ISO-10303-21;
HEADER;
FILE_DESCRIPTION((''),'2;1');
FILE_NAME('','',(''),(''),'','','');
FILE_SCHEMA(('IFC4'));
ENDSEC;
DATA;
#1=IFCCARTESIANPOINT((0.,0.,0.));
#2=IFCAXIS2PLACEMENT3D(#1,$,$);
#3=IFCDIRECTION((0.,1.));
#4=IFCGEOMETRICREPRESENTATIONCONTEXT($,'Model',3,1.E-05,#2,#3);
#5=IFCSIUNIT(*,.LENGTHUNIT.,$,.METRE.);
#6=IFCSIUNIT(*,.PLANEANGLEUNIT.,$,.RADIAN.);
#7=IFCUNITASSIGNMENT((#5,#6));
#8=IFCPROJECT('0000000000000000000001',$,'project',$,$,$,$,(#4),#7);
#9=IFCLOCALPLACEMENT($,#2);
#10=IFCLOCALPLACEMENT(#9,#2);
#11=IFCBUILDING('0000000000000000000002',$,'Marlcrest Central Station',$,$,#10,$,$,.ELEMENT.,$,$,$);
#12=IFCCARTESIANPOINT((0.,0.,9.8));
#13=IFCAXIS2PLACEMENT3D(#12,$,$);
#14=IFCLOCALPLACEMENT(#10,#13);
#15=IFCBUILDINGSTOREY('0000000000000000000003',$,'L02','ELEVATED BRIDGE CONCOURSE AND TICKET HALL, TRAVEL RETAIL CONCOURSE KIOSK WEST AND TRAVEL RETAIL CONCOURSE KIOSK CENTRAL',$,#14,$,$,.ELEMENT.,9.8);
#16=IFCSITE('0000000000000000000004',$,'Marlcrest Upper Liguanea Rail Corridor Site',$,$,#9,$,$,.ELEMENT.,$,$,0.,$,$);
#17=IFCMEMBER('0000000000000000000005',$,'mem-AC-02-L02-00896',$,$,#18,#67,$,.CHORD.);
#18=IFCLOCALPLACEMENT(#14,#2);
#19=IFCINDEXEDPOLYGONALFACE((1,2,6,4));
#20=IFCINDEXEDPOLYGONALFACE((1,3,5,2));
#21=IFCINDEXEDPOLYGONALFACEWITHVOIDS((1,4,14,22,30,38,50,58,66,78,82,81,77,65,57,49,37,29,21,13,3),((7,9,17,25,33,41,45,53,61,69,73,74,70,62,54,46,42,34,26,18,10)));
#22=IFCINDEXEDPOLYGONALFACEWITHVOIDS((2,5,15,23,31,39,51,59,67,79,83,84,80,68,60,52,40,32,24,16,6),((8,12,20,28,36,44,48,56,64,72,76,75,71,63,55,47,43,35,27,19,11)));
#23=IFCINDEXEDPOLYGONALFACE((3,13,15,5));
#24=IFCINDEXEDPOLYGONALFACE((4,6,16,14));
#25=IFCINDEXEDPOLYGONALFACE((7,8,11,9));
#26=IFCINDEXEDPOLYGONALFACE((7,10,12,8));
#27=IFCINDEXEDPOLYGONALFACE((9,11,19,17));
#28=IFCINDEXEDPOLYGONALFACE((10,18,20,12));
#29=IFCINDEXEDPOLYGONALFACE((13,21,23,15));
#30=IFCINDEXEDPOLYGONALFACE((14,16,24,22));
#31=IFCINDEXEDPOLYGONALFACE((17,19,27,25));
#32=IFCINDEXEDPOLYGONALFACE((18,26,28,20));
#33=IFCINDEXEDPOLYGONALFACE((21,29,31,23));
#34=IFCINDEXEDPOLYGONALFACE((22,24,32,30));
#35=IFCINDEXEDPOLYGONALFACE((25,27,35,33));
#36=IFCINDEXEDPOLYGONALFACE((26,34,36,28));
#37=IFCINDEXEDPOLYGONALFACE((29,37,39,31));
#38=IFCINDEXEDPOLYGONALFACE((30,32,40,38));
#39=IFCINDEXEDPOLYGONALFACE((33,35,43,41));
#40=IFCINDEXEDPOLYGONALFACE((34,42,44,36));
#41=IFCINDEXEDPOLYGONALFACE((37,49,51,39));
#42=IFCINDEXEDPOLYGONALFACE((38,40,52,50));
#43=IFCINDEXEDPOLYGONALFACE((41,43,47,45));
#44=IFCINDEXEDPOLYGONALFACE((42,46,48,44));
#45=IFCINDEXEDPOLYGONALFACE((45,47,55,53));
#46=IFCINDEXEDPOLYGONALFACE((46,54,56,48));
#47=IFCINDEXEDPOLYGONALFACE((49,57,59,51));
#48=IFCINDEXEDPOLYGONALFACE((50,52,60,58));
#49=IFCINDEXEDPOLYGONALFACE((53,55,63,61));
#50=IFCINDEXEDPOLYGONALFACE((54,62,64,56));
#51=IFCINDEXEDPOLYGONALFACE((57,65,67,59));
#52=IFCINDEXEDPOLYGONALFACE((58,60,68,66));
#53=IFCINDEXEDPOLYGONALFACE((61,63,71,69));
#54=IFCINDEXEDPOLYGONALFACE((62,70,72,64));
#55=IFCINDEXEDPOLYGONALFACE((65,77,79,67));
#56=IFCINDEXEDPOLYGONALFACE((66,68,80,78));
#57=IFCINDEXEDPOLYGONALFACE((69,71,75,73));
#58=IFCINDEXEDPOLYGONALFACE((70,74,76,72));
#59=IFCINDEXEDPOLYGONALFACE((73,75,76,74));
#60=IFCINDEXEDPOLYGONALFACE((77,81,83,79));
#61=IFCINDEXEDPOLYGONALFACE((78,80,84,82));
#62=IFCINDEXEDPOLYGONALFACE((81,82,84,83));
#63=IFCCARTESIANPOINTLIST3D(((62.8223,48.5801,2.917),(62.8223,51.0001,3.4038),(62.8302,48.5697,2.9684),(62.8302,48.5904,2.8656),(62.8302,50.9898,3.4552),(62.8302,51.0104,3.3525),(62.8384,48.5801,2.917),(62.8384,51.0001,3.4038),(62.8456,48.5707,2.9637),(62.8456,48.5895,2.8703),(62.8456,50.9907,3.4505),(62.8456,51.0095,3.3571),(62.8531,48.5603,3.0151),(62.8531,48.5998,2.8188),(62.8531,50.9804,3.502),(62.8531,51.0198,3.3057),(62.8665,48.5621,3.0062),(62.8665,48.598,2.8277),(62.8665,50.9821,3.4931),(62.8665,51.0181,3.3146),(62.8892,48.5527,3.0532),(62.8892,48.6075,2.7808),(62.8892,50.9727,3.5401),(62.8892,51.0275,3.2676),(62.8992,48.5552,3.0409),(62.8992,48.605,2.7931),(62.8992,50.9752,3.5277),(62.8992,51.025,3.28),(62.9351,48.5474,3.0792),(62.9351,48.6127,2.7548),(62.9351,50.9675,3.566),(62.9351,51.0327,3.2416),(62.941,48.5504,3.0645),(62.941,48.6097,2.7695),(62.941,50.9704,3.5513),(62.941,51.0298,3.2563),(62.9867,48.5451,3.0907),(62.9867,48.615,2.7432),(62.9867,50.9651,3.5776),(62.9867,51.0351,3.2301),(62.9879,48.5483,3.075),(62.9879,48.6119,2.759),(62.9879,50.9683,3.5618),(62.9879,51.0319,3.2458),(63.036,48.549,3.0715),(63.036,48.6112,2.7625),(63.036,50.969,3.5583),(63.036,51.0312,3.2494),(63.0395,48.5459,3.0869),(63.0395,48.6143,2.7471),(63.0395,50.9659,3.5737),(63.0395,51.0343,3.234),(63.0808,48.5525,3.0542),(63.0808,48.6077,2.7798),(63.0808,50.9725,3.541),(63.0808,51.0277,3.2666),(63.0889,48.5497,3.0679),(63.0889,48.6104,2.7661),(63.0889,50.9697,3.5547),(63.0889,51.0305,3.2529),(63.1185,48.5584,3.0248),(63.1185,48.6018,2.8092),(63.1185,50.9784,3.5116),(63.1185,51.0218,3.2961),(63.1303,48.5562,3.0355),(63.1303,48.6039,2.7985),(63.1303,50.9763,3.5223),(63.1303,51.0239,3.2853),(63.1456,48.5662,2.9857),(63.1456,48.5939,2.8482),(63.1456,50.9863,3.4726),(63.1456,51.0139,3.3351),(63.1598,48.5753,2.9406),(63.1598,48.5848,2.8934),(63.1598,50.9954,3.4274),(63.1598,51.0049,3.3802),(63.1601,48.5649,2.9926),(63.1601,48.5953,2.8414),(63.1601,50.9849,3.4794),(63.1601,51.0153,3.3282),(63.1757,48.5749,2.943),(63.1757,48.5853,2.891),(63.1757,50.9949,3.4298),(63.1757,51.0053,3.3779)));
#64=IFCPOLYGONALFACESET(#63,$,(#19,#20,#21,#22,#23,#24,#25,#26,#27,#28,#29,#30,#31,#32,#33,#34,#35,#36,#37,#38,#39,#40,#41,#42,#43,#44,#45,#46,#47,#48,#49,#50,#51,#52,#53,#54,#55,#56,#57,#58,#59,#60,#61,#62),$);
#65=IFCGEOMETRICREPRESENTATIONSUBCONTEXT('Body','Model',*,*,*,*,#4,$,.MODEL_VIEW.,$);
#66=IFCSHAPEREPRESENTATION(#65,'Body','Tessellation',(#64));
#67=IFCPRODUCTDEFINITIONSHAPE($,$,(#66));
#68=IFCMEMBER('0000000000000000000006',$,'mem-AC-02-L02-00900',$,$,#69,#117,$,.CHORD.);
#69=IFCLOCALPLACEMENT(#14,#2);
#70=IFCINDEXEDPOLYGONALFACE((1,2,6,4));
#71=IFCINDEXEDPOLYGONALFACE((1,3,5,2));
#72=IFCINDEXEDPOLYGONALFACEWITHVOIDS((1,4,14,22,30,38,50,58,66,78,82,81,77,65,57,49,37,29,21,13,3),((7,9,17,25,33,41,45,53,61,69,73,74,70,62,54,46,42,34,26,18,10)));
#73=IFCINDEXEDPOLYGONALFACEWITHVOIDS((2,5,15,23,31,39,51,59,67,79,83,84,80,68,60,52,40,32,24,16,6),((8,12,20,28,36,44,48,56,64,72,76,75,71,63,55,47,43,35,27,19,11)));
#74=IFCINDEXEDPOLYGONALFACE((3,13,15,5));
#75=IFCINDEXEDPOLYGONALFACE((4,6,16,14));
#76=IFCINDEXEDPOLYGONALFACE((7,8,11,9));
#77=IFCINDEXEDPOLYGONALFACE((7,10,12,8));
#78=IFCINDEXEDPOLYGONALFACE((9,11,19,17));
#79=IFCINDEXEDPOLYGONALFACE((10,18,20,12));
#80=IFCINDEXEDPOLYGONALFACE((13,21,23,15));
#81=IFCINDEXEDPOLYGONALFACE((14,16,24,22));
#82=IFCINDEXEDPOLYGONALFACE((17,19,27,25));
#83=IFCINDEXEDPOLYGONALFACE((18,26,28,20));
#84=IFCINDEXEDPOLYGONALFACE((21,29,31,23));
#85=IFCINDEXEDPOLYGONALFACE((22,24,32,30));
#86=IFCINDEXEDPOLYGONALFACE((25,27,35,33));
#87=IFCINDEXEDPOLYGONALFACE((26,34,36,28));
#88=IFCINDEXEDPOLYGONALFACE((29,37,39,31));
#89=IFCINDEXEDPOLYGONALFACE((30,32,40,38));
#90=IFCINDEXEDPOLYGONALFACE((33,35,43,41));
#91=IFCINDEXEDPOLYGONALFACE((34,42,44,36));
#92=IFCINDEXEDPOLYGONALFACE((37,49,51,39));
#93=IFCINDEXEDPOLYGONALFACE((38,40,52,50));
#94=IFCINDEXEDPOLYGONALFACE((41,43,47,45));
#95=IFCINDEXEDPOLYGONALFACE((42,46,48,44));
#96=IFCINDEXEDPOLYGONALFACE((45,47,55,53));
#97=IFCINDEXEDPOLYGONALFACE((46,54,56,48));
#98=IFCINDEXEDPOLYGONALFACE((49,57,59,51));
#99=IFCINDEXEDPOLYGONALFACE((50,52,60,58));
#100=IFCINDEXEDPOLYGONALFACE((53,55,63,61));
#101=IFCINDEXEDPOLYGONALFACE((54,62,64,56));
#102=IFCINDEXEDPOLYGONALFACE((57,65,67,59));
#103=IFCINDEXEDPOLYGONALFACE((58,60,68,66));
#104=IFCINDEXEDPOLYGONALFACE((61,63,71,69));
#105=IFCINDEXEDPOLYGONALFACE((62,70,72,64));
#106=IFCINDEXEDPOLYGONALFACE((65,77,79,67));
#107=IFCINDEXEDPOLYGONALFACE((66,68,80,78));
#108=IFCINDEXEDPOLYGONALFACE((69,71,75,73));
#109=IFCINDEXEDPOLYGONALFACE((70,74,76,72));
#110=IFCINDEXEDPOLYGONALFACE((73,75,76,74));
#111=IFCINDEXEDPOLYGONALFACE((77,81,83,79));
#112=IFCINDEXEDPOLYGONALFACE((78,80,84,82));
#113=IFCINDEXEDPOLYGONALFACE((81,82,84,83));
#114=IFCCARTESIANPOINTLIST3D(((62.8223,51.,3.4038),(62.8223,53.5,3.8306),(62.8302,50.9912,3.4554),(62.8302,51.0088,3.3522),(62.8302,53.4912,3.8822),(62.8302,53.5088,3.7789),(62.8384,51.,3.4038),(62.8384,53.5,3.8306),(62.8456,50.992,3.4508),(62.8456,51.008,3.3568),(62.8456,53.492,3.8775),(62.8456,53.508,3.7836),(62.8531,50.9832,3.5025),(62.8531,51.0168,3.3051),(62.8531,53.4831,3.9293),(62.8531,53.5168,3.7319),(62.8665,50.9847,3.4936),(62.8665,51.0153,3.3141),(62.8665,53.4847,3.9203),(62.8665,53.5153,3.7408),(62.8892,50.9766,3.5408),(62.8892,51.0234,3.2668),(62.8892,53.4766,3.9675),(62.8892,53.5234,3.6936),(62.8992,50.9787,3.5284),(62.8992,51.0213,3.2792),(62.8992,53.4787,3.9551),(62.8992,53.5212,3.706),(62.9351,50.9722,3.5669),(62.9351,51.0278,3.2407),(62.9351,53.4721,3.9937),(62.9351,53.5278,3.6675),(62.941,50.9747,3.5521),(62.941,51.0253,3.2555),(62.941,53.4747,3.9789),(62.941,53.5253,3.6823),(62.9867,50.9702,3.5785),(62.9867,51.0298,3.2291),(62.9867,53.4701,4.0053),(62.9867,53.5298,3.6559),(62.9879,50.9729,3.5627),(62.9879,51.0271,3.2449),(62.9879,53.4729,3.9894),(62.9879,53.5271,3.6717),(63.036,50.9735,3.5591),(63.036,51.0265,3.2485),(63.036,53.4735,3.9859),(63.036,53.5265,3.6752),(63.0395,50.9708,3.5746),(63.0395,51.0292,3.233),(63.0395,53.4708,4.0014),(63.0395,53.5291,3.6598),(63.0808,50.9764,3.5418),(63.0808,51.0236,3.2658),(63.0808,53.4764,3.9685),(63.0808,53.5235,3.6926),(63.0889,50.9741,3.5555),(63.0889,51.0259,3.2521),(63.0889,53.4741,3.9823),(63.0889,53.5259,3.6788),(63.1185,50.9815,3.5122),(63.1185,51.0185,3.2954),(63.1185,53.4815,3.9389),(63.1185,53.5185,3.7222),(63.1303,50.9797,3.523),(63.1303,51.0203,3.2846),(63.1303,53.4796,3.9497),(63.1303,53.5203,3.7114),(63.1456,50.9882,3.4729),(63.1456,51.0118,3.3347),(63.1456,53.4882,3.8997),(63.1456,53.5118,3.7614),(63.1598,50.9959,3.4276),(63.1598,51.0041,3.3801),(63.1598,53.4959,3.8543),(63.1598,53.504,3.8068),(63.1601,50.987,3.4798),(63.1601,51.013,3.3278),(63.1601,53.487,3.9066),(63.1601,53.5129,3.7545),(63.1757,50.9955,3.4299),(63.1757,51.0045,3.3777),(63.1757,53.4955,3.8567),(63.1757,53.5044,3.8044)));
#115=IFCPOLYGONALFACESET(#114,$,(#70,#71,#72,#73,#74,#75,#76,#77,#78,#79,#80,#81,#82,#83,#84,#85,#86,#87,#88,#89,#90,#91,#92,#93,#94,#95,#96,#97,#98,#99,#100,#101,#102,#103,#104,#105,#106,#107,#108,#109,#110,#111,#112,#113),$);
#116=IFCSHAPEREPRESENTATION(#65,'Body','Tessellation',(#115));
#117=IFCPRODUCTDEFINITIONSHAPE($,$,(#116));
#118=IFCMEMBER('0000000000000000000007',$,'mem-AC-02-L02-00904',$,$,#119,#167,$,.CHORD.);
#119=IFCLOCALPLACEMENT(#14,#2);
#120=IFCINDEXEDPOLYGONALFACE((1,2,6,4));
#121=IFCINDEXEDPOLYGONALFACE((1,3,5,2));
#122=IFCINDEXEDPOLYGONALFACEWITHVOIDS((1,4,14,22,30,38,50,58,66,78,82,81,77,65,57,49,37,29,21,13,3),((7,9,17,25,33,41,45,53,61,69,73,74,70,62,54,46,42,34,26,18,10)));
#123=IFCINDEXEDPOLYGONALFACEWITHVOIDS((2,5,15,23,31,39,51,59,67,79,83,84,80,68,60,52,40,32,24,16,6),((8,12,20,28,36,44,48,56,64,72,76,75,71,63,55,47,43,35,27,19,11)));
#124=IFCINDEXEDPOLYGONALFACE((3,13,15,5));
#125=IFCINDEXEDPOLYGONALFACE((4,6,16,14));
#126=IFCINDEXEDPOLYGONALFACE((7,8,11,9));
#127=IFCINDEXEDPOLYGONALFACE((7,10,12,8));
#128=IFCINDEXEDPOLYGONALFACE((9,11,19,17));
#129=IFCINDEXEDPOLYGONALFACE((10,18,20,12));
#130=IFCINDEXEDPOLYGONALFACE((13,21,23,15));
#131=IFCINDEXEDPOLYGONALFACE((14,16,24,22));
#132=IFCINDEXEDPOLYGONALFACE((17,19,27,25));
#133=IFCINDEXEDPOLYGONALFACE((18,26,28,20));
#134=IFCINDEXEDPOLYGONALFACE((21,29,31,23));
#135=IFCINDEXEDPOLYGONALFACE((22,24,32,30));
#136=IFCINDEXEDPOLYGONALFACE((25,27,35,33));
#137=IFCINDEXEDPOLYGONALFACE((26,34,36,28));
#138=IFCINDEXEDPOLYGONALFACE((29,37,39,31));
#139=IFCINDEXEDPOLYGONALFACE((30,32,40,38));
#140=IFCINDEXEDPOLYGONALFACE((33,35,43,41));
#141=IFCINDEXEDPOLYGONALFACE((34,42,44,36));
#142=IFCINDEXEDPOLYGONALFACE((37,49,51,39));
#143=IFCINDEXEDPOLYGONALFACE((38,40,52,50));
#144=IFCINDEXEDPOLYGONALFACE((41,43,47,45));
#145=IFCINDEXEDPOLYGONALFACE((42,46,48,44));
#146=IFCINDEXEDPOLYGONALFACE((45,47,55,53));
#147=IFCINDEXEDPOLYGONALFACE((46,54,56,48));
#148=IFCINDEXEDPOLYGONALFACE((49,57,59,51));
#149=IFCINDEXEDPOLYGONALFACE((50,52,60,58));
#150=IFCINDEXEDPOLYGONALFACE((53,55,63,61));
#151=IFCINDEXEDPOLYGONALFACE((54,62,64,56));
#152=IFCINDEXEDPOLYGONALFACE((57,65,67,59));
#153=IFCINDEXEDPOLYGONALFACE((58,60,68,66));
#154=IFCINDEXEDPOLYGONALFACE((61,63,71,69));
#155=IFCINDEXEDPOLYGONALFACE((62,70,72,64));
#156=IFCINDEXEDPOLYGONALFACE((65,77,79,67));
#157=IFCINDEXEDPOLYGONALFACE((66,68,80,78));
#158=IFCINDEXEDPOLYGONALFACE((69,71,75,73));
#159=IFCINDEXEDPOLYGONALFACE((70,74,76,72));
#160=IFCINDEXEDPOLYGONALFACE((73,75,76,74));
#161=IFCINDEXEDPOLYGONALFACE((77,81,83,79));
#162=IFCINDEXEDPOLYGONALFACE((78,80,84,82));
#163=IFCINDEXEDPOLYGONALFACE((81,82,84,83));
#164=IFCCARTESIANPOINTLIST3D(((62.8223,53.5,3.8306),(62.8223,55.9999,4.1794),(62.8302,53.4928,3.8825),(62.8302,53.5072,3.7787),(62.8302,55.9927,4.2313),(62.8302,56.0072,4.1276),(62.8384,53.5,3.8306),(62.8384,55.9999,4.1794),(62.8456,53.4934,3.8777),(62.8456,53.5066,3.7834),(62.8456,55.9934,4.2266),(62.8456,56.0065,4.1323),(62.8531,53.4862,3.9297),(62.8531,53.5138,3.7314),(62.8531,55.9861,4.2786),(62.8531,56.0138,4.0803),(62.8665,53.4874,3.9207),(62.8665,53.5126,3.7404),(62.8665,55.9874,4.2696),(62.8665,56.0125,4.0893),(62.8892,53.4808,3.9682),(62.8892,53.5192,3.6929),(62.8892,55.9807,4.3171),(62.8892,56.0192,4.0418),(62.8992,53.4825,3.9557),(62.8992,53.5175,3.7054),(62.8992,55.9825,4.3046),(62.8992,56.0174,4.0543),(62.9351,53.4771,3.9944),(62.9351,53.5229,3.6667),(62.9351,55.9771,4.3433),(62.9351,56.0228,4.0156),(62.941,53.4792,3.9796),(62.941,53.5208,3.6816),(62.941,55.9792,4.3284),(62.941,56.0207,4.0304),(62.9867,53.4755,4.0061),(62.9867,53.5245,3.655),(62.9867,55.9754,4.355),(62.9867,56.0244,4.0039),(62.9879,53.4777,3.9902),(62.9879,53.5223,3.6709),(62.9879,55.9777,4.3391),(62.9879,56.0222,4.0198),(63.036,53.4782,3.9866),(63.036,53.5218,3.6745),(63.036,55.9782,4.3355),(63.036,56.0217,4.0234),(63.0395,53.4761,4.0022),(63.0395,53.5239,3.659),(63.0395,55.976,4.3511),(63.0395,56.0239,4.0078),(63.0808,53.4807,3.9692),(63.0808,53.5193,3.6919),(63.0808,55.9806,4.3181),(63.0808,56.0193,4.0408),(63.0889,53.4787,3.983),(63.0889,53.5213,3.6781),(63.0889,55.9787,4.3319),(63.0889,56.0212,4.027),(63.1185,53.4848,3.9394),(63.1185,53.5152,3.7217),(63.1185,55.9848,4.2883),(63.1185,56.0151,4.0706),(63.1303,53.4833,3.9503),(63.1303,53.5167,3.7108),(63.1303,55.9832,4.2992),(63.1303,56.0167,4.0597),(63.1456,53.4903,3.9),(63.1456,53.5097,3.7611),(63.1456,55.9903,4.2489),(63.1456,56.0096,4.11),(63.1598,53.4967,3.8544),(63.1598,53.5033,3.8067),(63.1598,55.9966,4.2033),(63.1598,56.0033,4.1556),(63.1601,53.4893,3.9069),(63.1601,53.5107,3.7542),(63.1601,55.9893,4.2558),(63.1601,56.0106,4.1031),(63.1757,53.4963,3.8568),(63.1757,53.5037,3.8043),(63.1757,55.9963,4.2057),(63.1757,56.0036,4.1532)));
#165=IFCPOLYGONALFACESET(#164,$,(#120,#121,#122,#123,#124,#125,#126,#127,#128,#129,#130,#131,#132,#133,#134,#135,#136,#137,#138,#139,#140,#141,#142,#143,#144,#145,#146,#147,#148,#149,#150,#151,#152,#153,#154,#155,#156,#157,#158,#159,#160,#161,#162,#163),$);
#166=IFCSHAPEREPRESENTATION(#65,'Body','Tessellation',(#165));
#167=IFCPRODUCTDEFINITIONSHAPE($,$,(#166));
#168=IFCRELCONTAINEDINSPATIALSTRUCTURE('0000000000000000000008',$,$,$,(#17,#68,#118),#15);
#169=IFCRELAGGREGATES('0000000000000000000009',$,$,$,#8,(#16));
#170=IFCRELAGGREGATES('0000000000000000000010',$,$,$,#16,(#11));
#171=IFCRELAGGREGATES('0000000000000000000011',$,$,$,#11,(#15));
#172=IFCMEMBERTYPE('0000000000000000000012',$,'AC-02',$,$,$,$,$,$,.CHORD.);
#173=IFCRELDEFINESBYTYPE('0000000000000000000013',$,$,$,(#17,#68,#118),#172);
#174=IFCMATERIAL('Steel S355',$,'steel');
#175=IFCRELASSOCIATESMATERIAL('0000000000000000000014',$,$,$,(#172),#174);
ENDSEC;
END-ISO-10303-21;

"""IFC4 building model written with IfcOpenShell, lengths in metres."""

from ifc_helpers import new_model, si_unit, direction, frame, origin, origin_2d, place, context, subcontext, project, spatial, hollow_circle, extrude, material, material_profile, profile_set, type_object, element, save


model = new_model("IFC4")

# Units and contexts
model_context = context("Model", 3, precision=1e-05, world=origin(), true_north=direction((0.0, 1.0)))
body_context = subcontext(model_context, "Body", "Model", "MODEL_VIEW")
ifc_project = project(units=[si_unit("LENGTHUNIT", "METRE"), si_unit("PLANEANGLEUNIT", "RADIAN")], contexts=[model_context])

# Site, building, storey
site_placement = place(None, origin())
site = spatial("IfcSite", under=ifc_project, at=site_placement, Name="Marlcrest Upper Liguanea Rail Corridor Site", CompositionType="ELEMENT", RefElevation=0.0)
building_placement = place(site_placement, origin())
building = spatial("IfcBuilding", under=site, at=building_placement, Name="Marlcrest Central Station", CompositionType="ELEMENT")
storey_placement = place(building_placement, frame((0.0, 0.0, 9.8)))
storey = spatial("IfcBuildingStorey", under=building, at=storey_placement, Name="L02", Description="ELEVATED BRIDGE CONCOURSE AND TICKET HALL, TRAVEL RETAIL CONCOURSE KIOSK WEST AND TRAVEL RETAIL CONCOURSE KIOSK CENTRAL", CompositionType="ELEMENT", Elevation=9.8)

# Members
ifc_material = material(Name="Steel S355", Category="steel")
ifc_material_profile_1 = material_profile(ifc_material, hollow_circle(Radius=0.1777, WallThickness=0.0161, at=origin_2d()), Name="CHS 355.6x16")
ifc_profile_set_1 = profile_set([ifc_material_profile_1], Name="Steel S355")
member_type_1 = type_object("IfcMemberType", Name="AC-02", PredefinedType="CHORD", material=ifc_profile_set_1)
member_1_placement = place(storey_placement, frame((63.0, 48.5801, 2.917), z_axis=(0.0, 0.980359, 0.197219), x_axis=(-1.0, 0.0, 0.0)))
element("IfcMember", 1, at=member_1_placement, inside=storey, type_object=member_type_1, Name="mem-AC-02-L02-00896", PredefinedType="CHORD", context=body_context, shape_type="SweptSolid", body=[
    extrude(hollow_circle(Radius=0.1777, WallThickness=0.0161, at=origin_2d()), origin(), (0.0, 0.0, 1.0), 2.4685),
])
member_2_placement = place(storey_placement, frame((63.0, 51.0, 3.4038), z_axis=(0.0, 0.985741, 0.168269), x_axis=(-1.0, 0.0, 0.0)))
element("IfcMember", 2, at=member_2_placement, inside=storey, type_object=member_type_1, Name="mem-AC-02-L02-00900", PredefinedType="CHORD", context=body_context, shape_type="SweptSolid", body=[
    extrude(hollow_circle(Radius=0.1777, WallThickness=0.0161, at=origin_2d()), origin(), (0.0, 0.0, 1.0), 2.5361),
])
member_3_placement = place(storey_placement, frame((63.0, 53.5, 3.8306), z_axis=(0.0, 0.990403, 0.138211), x_axis=(-1.0, 0.0, 0.0)))
element("IfcMember", 3, at=member_3_placement, inside=storey, type_object=member_type_1, Name="mem-AC-02-L02-00904", PredefinedType="CHORD", context=body_context, shape_type="SweptSolid", body=[
    extrude(hollow_circle(Radius=0.1777, WallThickness=0.0161, at=origin_2d()), origin(), (0.0, 0.0, 1.0), 2.5242),
])

save(model, "model.ifc")
